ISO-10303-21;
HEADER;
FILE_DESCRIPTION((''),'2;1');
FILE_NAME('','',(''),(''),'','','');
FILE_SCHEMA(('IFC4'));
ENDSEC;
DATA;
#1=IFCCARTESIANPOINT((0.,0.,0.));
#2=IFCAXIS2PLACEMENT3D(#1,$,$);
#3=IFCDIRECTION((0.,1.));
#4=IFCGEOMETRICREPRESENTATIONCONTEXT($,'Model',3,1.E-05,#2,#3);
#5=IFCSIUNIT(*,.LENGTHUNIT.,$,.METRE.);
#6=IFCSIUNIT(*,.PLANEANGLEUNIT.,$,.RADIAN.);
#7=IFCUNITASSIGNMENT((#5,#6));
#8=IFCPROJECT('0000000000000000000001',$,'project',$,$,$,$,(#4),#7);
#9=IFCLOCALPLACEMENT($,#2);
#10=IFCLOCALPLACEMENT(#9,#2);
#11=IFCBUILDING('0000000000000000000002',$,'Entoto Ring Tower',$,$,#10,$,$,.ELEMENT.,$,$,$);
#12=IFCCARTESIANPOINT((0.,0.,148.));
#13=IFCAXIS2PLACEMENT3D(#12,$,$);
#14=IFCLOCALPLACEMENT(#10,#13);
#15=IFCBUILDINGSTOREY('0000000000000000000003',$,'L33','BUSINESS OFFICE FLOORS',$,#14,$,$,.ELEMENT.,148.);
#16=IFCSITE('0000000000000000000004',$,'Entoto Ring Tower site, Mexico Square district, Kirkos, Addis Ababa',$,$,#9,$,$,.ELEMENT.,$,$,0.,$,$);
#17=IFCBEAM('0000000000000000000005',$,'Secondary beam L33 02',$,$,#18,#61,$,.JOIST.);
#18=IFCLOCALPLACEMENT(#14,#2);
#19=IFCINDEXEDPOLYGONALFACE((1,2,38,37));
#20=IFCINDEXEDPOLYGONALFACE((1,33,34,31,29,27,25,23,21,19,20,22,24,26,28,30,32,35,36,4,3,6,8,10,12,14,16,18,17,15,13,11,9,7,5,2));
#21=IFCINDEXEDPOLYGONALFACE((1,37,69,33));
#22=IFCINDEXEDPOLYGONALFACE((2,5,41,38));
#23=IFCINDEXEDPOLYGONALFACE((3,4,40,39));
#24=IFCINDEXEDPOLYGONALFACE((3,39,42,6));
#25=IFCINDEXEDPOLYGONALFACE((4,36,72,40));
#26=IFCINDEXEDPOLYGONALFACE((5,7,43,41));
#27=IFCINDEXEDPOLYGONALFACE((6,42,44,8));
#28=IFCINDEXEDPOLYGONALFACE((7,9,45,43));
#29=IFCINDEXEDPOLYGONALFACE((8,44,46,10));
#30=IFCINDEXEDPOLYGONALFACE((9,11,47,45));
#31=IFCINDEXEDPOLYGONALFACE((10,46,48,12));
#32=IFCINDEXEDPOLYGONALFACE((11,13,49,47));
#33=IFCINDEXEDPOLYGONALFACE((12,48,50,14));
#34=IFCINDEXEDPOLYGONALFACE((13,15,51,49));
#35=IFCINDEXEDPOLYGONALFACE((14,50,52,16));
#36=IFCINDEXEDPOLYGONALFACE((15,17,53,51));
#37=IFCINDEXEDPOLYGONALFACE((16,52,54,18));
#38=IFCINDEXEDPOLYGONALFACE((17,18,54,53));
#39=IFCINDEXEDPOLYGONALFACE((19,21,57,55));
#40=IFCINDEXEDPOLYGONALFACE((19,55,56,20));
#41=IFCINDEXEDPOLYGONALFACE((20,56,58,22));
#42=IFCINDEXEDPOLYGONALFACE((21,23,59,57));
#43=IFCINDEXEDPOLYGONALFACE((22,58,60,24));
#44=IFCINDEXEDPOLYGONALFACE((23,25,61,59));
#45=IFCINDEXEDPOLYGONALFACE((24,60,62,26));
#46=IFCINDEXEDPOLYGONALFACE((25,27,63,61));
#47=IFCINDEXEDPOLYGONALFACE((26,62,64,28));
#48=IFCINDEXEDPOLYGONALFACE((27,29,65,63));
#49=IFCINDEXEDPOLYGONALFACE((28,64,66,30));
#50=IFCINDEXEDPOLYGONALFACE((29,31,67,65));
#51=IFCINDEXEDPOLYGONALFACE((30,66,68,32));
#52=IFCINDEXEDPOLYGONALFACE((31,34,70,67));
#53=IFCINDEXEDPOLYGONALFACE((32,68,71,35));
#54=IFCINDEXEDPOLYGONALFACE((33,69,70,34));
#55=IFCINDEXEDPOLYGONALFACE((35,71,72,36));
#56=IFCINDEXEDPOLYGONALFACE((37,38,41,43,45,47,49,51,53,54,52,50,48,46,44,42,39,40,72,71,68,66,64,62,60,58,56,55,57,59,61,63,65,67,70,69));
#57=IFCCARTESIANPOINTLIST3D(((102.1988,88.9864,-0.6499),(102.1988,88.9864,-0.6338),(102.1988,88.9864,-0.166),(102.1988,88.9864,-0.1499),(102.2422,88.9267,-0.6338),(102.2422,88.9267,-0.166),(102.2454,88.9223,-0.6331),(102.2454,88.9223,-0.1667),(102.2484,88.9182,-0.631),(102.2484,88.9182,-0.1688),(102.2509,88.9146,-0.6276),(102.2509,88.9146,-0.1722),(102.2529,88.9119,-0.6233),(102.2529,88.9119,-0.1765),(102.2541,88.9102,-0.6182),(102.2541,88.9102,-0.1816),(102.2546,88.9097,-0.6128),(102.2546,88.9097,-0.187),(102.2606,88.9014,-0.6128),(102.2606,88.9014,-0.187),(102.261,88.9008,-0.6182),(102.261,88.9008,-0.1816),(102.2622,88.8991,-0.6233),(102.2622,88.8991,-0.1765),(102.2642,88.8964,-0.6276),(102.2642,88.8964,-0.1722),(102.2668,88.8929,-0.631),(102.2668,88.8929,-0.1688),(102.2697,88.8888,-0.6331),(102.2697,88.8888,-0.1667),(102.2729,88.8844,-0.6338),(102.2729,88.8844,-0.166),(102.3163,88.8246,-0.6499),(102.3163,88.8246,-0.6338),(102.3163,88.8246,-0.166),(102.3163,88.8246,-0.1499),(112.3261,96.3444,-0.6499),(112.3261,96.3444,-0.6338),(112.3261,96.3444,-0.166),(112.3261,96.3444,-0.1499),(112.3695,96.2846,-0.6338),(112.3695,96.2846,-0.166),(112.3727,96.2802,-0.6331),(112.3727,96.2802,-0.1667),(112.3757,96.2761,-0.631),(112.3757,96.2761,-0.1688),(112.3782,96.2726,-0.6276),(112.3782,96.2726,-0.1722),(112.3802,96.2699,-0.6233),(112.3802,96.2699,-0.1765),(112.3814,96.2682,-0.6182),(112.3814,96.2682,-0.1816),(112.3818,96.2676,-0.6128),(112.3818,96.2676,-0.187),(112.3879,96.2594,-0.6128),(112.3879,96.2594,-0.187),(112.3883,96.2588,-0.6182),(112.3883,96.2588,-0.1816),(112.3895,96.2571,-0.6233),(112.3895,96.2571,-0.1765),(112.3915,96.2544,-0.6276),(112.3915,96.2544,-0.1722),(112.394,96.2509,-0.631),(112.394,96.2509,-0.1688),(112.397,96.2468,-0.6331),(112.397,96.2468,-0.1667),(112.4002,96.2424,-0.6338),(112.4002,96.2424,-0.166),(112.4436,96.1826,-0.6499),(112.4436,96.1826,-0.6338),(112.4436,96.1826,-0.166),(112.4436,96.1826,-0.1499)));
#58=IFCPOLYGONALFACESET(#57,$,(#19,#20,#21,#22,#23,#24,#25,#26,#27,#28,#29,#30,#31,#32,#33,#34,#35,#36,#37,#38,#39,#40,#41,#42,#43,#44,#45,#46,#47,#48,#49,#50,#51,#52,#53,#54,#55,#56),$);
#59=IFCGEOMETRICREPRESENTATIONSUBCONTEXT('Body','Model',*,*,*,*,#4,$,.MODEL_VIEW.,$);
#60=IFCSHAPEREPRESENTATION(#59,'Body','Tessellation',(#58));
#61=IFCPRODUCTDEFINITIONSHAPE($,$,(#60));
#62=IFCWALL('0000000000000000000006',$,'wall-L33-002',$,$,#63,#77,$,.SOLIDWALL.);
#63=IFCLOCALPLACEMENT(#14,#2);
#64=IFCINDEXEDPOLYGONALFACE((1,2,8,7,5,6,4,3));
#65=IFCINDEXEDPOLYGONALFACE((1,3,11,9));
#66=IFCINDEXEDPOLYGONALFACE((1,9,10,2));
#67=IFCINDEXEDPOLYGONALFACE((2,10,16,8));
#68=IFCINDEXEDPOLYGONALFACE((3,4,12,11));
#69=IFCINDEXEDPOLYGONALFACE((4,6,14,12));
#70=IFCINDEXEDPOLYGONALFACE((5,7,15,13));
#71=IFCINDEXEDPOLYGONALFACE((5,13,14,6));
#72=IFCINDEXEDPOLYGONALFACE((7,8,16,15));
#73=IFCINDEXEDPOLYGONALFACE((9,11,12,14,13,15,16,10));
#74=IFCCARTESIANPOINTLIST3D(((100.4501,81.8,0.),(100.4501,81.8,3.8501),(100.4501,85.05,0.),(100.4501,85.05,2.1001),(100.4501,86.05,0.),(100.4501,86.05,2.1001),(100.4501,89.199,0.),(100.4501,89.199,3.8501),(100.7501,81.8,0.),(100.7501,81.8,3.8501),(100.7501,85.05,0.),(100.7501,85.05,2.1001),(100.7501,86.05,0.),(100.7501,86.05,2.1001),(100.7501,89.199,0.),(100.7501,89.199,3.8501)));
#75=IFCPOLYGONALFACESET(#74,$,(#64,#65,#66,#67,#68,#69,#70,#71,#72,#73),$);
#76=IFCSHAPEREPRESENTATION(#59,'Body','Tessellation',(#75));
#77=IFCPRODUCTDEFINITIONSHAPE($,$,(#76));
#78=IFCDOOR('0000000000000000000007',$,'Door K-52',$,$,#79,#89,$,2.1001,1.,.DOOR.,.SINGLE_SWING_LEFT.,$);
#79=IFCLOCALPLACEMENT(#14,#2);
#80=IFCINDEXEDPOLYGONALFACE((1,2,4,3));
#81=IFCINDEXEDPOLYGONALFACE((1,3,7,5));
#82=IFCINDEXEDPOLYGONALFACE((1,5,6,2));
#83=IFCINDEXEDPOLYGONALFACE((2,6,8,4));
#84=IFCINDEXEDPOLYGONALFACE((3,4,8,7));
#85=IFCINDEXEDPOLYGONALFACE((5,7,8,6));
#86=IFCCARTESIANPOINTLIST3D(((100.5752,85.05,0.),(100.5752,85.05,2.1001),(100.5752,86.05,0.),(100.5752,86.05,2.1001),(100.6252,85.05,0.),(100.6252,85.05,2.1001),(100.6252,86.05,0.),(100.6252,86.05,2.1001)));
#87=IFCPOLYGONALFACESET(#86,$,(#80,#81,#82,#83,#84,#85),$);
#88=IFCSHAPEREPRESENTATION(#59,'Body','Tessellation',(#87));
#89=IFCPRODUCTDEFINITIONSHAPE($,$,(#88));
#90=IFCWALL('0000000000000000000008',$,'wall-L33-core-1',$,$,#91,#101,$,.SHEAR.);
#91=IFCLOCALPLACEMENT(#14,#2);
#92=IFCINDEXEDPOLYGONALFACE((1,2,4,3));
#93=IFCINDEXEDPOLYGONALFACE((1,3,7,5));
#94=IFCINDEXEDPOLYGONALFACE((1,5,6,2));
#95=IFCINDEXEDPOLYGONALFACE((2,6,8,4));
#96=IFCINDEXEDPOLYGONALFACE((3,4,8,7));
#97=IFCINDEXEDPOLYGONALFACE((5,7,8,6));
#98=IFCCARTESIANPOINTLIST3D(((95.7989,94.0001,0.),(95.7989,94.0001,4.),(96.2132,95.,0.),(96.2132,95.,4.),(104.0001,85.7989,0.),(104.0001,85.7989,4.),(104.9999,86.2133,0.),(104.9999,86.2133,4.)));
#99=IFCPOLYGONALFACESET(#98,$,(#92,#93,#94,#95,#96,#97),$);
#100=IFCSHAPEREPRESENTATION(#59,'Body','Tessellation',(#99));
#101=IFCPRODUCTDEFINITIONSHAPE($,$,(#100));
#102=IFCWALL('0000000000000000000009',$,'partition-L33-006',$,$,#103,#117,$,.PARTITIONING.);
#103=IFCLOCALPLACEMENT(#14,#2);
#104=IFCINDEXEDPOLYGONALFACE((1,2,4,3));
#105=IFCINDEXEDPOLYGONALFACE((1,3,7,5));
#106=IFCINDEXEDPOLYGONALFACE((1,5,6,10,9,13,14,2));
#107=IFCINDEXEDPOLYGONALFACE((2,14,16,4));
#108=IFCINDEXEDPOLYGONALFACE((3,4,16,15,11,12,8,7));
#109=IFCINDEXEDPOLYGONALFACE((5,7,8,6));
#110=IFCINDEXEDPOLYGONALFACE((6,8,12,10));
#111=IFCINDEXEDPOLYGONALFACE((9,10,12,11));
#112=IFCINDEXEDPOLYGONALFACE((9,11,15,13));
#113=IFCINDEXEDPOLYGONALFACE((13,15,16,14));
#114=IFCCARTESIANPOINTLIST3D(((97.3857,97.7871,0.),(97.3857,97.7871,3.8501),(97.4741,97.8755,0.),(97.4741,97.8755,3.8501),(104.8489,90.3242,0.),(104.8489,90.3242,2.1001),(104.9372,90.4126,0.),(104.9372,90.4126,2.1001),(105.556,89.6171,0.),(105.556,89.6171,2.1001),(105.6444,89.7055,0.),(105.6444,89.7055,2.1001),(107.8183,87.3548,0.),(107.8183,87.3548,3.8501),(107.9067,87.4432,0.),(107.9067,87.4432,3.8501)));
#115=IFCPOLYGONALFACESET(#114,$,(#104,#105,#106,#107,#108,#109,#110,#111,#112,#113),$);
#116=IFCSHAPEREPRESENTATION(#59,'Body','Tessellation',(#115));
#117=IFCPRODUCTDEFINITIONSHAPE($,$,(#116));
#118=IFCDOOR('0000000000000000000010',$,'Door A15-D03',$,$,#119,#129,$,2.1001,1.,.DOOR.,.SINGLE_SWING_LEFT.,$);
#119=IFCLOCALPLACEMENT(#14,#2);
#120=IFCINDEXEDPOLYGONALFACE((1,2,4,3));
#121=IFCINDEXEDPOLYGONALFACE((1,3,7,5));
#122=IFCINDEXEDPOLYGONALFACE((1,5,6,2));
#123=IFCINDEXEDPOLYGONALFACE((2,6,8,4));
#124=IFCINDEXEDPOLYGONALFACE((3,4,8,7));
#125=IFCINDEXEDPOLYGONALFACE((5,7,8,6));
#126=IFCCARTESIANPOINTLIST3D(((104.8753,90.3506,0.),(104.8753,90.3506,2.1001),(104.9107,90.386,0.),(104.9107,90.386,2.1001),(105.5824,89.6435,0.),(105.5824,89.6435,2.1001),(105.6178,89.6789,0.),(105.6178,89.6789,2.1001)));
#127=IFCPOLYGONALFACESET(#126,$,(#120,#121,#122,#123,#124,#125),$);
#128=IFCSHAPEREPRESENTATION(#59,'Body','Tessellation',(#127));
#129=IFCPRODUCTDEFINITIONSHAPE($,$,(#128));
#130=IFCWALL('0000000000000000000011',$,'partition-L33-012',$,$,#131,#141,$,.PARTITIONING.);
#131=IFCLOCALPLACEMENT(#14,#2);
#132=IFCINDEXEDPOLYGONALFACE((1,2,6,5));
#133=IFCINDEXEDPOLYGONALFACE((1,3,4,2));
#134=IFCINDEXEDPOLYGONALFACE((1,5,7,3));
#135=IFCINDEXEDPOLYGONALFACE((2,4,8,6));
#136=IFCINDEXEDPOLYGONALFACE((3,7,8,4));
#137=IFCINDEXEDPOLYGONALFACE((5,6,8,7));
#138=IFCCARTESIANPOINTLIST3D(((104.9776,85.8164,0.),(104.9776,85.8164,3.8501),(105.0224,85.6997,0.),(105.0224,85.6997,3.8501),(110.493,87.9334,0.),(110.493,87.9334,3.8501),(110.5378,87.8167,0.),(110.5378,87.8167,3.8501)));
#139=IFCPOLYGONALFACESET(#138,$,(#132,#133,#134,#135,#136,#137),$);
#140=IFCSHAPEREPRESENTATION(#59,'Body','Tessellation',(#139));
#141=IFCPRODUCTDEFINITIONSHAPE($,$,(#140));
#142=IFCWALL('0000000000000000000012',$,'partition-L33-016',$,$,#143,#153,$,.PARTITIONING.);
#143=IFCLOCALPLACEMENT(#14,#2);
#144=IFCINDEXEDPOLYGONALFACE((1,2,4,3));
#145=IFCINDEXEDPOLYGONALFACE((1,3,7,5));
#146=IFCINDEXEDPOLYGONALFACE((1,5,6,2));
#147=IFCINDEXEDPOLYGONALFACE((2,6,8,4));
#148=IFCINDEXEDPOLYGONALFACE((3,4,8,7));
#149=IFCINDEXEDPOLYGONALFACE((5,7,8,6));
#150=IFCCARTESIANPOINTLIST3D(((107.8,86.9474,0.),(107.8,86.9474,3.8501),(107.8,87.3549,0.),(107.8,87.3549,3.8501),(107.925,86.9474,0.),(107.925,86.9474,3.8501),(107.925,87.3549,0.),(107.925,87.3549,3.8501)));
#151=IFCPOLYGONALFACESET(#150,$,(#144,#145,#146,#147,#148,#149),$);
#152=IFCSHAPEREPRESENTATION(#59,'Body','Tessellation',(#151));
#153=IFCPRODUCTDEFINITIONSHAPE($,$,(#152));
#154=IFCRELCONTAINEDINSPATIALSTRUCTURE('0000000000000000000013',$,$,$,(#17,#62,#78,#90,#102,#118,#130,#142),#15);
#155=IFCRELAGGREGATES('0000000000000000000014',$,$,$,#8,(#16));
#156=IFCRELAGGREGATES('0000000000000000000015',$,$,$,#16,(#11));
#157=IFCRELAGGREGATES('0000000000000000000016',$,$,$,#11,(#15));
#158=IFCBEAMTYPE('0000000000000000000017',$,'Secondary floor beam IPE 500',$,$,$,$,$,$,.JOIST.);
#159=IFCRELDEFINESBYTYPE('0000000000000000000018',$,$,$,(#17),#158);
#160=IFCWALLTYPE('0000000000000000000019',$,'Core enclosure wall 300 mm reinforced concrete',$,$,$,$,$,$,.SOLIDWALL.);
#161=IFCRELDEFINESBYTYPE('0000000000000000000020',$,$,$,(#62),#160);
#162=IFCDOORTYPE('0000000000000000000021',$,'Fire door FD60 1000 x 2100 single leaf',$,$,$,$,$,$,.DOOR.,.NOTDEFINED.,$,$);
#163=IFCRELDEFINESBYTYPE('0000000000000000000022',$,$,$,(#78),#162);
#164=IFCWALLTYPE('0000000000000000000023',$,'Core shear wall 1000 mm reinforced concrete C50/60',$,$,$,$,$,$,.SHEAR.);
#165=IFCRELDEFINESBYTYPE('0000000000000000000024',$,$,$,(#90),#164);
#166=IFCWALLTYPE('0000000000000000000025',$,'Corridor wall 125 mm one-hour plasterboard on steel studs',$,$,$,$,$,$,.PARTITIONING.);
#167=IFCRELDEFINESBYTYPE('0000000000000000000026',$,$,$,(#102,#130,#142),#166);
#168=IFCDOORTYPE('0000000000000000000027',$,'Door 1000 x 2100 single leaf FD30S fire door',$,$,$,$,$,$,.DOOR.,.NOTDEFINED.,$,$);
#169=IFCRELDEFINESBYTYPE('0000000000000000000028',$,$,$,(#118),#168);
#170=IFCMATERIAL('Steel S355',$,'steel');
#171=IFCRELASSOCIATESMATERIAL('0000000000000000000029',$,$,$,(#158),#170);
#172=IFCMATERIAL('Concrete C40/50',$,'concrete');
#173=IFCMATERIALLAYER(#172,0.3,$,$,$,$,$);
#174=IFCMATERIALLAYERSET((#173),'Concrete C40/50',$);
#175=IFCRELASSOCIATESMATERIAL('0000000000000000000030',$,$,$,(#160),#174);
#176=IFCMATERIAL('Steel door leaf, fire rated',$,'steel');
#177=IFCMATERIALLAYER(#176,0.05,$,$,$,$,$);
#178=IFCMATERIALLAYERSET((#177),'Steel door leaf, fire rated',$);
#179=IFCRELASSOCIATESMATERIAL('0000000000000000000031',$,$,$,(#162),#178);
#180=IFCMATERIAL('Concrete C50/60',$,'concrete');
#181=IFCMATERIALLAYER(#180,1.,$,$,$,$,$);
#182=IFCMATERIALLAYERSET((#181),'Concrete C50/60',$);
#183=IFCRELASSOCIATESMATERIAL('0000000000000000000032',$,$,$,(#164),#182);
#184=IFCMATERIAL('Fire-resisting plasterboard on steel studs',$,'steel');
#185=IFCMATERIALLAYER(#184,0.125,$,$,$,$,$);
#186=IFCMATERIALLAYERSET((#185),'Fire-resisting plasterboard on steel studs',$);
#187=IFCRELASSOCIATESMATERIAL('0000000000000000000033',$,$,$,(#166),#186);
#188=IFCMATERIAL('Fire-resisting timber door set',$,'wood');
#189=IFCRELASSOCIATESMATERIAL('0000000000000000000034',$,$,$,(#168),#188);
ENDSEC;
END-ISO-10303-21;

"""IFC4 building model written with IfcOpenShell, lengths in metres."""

from ifc_helpers import new_model, si_unit, direction, frame, frame_2d, origin, origin_2d, place, context, subcontext, project, spatial, polyline, rectangle, i_section, outline, extrude, material, layer, layer_set, material_profile, profile_set, type_object, element, fill, save


model = new_model("IFC4")

# Units and contexts
model_context = context("Model", 3, precision=1e-05, world=origin(), true_north=direction((0.0, 1.0)))
body_context = subcontext(model_context, "Body", "Model", "MODEL_VIEW")
ifc_project = project(units=[si_unit("LENGTHUNIT", "METRE"), si_unit("PLANEANGLEUNIT", "RADIAN")], contexts=[model_context])

# Site, building, storey
site_placement = place(None, origin())
site = spatial("IfcSite", under=ifc_project, at=site_placement, Name="Entoto Ring Tower site, Mexico Square district, Kirkos, Addis Ababa", CompositionType="ELEMENT", RefElevation=0.0)
building_placement = place(site_placement, origin())
building = spatial("IfcBuilding", under=site, at=building_placement, Name="Entoto Ring Tower", CompositionType="ELEMENT")
storey_placement = place(building_placement, frame((0.0, 0.0, 148.0)))
storey = spatial("IfcBuildingStorey", under=building, at=storey_placement, Name="L33", Description="BUSINESS OFFICE FLOORS", CompositionType="ELEMENT", Elevation=148.0)

# Beam
ifc_material_1 = material(Name="Steel S355", Category="steel")
ifc_material_profile_1 = material_profile(ifc_material_1, i_section(OverallWidth=0.2, OverallDepth=0.5, WebThickness=0.0103, FlangeThickness=0.0161, FilletRadius=0.021, at=origin_2d()), Name="IPE 500")
ifc_profile_set_1 = profile_set([ifc_material_profile_1], Name="Steel S355")
beam_type_1 = type_object("IfcBeamType", Name="Secondary floor beam IPE 500", PredefinedType="JOIST", material=ifc_profile_set_1)
beam_1_placement = place(storey_placement, frame((102.2576, 88.9055, -0.3999), z_axis=(0.809014, 0.587789, 0.0), x_axis=(-0.587789, 0.809014, 0.0)))
element("IfcBeam", 1, at=beam_1_placement, inside=storey, type_object=beam_type_1, Name="Secondary beam L33 02", PredefinedType="JOIST", context=body_context, shape_type="SweptSolid", body=[
    extrude(i_section(OverallWidth=0.2, OverallDepth=0.5, WebThickness=0.0103, FlangeThickness=0.0161, FilletRadius=0.021, at=origin_2d()), origin(), (0.0, 0.0, 1.0), 12.5181),
])

# Wall, opening, door
ifc_material_2 = material(Name="Concrete C40/50", Category="concrete")
ifc_layer_1 = layer(ifc_material_2, 0.3)
ifc_layer_set_1 = layer_set([ifc_layer_1], Name="Concrete C40/50")
wall_type_1 = type_object("IfcWallType", Name="Core enclosure wall 300 mm reinforced concrete", PredefinedType="SOLIDWALL", material=ifc_layer_set_1)
wall_1_placement = place(storey_placement, frame((100.6001, 81.8, 0.0), z_axis=(0.0, 0.0, 1.0), x_axis=(0.0, 1.0, 0.0)))
wall_1 = element("IfcWall", 2, at=wall_1_placement, inside=storey, type_object=wall_type_1, Name="wall-L33-002", PredefinedType="SOLIDWALL", context=body_context, shape_type="SweptSolid", body=[
    extrude(rectangle(XDim=7.3989, YDim=0.3, at=frame_2d((3.6995, 0.0))), origin(), (0.0, 0.0, 1.0), 3.8501),
])
opening_1_placement = place(wall_1_placement, frame((3.25, 0.0, 0.0)))
opening_1 = element("IfcOpeningElement", 3, at=opening_1_placement, cuts=wall_1, PredefinedType="OPENING", context=body_context, shape_type="SweptSolid", body=[
    extrude(rectangle(XDim=1.0, YDim=2.1001, at=frame_2d((0.5, 1.05))), frame((0.0, 0.1602, 0.0), z_axis=(0.0, -1.0, 0.0), x_axis=(1.0, 0.0, 0.0)), (0.0, 0.0, 1.0), 0.3201),
])
ifc_material_3 = material(Name="Steel door leaf, fire rated", Category="steel")
ifc_layer_2 = layer(ifc_material_3, 0.05)
ifc_layer_set_2 = layer_set([ifc_layer_2], Name="Steel door leaf, fire rated")
door_type_1 = type_object("IfcDoorType", Name="Fire door FD60 1000 x 2100 single leaf", OperationType="NOTDEFINED", PredefinedType="DOOR", material=ifc_layer_set_2)
door_1_placement = place(opening_1_placement, origin())
door_1 = element("IfcDoor", 4, at=door_1_placement, inside=storey, type_object=door_type_1, Name="Door K-52", OperationType="SINGLE_SWING_LEFT", OverallHeight=2.1001, OverallWidth=1.0, PredefinedType="DOOR", context=body_context, shape_type="SweptSolid", body=[
    extrude(rectangle(XDim=1.0, YDim=2.1001, at=frame_2d((0.5, 1.05))), frame((0.0, 0.0249, 0.0), z_axis=(0.0, -1.0, 0.0), x_axis=(1.0, 0.0, 0.0)), (0.0, 0.0, 1.0), 0.05),
])
fill(opening_1, door_1)

# Wall
ifc_material_4 = material(Name="Concrete C50/60", Category="concrete")
ifc_layer_3 = layer(ifc_material_4, 1.0)
ifc_layer_set_3 = layer_set([ifc_layer_3], Name="Concrete C50/60")
wall_type_2 = type_object("IfcWallType", Name="Core shear wall 1000 mm reinforced concrete C50/60", PredefinedType="SHEAR", material=ifc_layer_set_3)
wall_2_placement = place(storey_placement, frame((104.5, 86.0061, 0.0), z_axis=(0.0, 0.0, 1.0), x_axis=(-0.707107, 0.707107, 0.0)))
element("IfcWall", 5, at=wall_2_placement, inside=storey, type_object=wall_type_2, Name="wall-L33-core-1", PredefinedType="SHEAR", context=body_context, shape_type="SweptSolid", body=[
    extrude(outline(polyline([(-0.207, -0.5), (12.2192, -0.5), (11.8052, 0.5), (0.207, 0.5), (-0.207, -0.5)])), origin(), (0.0, 0.0, 1.0), 4.0),
])

# Wall, opening, door
ifc_material_5 = material(Name="Fire-resisting plasterboard on steel studs", Category="steel")
ifc_layer_4 = layer(ifc_material_5, 0.125)
ifc_layer_set_4 = layer_set([ifc_layer_4], Name="Fire-resisting plasterboard on steel studs")
wall_type_3 = type_object("IfcWallType", Name="Corridor wall 125 mm one-hour plasterboard on steel studs", PredefinedType="PARTITIONING", material=ifc_layer_set_4)
wall_3_placement = place(storey_placement, frame((107.8625, 87.3989, 0.0), z_axis=(0.0, 0.0, 1.0), x_axis=(-0.707115, 0.707099, 0.0)))
wall_3 = element("IfcWall", 6, at=wall_3_placement, inside=storey, type_object=wall_type_3, Name="partition-L33-006", PredefinedType="PARTITIONING", context=body_context, shape_type="SweptSolid", body=[
    extrude(rectangle(XDim=14.7537, YDim=0.125, at=frame_2d((7.377, 0.0))), origin(), (0.0, 0.0, 1.0), 3.8501),
])
opening_2_placement = place(wall_3_placement, frame((3.1995, 0.0, 0.0)))
opening_2 = element("IfcOpeningElement", 7, at=opening_2_placement, cuts=wall_3, PredefinedType="OPENING", context=body_context, shape_type="SweptSolid", body=[
    extrude(rectangle(XDim=1.0, YDim=2.1001, at=frame_2d((0.5, 1.05))), frame((0.0, 0.0725, 0.0), z_axis=(0.0, -1.0, 0.0), x_axis=(1.0, 0.0, 0.0)), (0.0, 0.0, 1.0), 0.145),
])
ifc_material_6 = material(Name="Fire-resisting timber door set", Category="wood")
door_type_2 = type_object("IfcDoorType", Name="Door 1000 x 2100 single leaf FD30S fire door", OperationType="NOTDEFINED", PredefinedType="DOOR", material=ifc_material_6)
door_2_placement = place(opening_2_placement, frame((1.0, 0.0, 0.0), z_axis=(0.0, 0.0, 1.0), x_axis=(-1.0, 0.0, 0.0)))
door_2 = element("IfcDoor", 8, at=door_2_placement, inside=storey, type_object=door_type_2, Name="Door A15-D03", OperationType="SINGLE_SWING_LEFT", OverallHeight=2.1001, OverallWidth=1.0, PredefinedType="DOOR", context=body_context, shape_type="SweptSolid", body=[
    extrude(rectangle(XDim=1.0, YDim=2.1001, at=frame_2d((0.5, 1.05))), frame((0.0, 0.0249, 0.0), z_axis=(0.0, -1.0, 0.0), x_axis=(1.0, 0.0, 0.0)), (0.0, 0.0, 1.0), 0.05),
])
fill(opening_2, door_2)

# Walls
wall_4_placement = place(storey_placement, frame((105.0, 85.7581, 0.0), z_axis=(0.0, 0.0, 1.0), x_axis=(0.933592, 0.358337, 0.0)))
element("IfcWall", 9, at=wall_4_placement, inside=storey, type_object=wall_type_3, Name="partition-L33-012", PredefinedType="PARTITIONING", context=body_context, shape_type="SweptSolid", body=[
    extrude(rectangle(XDim=5.9077, YDim=0.125, at=frame_2d((2.9539, 0.0))), origin(), (0.0, 0.0, 1.0), 3.8501),
])
wall_5_placement = place(storey_placement, frame((107.8625, 86.9475, 0.0), z_axis=(0.0, 0.0, 1.0), x_axis=(0.0, 1.0, 0.0)))
element("IfcWall", 10, at=wall_5_placement, inside=storey, type_object=wall_type_3, Name="partition-L33-016", PredefinedType="PARTITIONING", context=body_context, shape_type="SweptSolid", body=[
    extrude(rectangle(XDim=0.4075, YDim=0.125, at=frame_2d((0.2036, 0.0))), origin(), (0.0, 0.0, 1.0), 3.8501),
])

save(model, "model.ifc")
